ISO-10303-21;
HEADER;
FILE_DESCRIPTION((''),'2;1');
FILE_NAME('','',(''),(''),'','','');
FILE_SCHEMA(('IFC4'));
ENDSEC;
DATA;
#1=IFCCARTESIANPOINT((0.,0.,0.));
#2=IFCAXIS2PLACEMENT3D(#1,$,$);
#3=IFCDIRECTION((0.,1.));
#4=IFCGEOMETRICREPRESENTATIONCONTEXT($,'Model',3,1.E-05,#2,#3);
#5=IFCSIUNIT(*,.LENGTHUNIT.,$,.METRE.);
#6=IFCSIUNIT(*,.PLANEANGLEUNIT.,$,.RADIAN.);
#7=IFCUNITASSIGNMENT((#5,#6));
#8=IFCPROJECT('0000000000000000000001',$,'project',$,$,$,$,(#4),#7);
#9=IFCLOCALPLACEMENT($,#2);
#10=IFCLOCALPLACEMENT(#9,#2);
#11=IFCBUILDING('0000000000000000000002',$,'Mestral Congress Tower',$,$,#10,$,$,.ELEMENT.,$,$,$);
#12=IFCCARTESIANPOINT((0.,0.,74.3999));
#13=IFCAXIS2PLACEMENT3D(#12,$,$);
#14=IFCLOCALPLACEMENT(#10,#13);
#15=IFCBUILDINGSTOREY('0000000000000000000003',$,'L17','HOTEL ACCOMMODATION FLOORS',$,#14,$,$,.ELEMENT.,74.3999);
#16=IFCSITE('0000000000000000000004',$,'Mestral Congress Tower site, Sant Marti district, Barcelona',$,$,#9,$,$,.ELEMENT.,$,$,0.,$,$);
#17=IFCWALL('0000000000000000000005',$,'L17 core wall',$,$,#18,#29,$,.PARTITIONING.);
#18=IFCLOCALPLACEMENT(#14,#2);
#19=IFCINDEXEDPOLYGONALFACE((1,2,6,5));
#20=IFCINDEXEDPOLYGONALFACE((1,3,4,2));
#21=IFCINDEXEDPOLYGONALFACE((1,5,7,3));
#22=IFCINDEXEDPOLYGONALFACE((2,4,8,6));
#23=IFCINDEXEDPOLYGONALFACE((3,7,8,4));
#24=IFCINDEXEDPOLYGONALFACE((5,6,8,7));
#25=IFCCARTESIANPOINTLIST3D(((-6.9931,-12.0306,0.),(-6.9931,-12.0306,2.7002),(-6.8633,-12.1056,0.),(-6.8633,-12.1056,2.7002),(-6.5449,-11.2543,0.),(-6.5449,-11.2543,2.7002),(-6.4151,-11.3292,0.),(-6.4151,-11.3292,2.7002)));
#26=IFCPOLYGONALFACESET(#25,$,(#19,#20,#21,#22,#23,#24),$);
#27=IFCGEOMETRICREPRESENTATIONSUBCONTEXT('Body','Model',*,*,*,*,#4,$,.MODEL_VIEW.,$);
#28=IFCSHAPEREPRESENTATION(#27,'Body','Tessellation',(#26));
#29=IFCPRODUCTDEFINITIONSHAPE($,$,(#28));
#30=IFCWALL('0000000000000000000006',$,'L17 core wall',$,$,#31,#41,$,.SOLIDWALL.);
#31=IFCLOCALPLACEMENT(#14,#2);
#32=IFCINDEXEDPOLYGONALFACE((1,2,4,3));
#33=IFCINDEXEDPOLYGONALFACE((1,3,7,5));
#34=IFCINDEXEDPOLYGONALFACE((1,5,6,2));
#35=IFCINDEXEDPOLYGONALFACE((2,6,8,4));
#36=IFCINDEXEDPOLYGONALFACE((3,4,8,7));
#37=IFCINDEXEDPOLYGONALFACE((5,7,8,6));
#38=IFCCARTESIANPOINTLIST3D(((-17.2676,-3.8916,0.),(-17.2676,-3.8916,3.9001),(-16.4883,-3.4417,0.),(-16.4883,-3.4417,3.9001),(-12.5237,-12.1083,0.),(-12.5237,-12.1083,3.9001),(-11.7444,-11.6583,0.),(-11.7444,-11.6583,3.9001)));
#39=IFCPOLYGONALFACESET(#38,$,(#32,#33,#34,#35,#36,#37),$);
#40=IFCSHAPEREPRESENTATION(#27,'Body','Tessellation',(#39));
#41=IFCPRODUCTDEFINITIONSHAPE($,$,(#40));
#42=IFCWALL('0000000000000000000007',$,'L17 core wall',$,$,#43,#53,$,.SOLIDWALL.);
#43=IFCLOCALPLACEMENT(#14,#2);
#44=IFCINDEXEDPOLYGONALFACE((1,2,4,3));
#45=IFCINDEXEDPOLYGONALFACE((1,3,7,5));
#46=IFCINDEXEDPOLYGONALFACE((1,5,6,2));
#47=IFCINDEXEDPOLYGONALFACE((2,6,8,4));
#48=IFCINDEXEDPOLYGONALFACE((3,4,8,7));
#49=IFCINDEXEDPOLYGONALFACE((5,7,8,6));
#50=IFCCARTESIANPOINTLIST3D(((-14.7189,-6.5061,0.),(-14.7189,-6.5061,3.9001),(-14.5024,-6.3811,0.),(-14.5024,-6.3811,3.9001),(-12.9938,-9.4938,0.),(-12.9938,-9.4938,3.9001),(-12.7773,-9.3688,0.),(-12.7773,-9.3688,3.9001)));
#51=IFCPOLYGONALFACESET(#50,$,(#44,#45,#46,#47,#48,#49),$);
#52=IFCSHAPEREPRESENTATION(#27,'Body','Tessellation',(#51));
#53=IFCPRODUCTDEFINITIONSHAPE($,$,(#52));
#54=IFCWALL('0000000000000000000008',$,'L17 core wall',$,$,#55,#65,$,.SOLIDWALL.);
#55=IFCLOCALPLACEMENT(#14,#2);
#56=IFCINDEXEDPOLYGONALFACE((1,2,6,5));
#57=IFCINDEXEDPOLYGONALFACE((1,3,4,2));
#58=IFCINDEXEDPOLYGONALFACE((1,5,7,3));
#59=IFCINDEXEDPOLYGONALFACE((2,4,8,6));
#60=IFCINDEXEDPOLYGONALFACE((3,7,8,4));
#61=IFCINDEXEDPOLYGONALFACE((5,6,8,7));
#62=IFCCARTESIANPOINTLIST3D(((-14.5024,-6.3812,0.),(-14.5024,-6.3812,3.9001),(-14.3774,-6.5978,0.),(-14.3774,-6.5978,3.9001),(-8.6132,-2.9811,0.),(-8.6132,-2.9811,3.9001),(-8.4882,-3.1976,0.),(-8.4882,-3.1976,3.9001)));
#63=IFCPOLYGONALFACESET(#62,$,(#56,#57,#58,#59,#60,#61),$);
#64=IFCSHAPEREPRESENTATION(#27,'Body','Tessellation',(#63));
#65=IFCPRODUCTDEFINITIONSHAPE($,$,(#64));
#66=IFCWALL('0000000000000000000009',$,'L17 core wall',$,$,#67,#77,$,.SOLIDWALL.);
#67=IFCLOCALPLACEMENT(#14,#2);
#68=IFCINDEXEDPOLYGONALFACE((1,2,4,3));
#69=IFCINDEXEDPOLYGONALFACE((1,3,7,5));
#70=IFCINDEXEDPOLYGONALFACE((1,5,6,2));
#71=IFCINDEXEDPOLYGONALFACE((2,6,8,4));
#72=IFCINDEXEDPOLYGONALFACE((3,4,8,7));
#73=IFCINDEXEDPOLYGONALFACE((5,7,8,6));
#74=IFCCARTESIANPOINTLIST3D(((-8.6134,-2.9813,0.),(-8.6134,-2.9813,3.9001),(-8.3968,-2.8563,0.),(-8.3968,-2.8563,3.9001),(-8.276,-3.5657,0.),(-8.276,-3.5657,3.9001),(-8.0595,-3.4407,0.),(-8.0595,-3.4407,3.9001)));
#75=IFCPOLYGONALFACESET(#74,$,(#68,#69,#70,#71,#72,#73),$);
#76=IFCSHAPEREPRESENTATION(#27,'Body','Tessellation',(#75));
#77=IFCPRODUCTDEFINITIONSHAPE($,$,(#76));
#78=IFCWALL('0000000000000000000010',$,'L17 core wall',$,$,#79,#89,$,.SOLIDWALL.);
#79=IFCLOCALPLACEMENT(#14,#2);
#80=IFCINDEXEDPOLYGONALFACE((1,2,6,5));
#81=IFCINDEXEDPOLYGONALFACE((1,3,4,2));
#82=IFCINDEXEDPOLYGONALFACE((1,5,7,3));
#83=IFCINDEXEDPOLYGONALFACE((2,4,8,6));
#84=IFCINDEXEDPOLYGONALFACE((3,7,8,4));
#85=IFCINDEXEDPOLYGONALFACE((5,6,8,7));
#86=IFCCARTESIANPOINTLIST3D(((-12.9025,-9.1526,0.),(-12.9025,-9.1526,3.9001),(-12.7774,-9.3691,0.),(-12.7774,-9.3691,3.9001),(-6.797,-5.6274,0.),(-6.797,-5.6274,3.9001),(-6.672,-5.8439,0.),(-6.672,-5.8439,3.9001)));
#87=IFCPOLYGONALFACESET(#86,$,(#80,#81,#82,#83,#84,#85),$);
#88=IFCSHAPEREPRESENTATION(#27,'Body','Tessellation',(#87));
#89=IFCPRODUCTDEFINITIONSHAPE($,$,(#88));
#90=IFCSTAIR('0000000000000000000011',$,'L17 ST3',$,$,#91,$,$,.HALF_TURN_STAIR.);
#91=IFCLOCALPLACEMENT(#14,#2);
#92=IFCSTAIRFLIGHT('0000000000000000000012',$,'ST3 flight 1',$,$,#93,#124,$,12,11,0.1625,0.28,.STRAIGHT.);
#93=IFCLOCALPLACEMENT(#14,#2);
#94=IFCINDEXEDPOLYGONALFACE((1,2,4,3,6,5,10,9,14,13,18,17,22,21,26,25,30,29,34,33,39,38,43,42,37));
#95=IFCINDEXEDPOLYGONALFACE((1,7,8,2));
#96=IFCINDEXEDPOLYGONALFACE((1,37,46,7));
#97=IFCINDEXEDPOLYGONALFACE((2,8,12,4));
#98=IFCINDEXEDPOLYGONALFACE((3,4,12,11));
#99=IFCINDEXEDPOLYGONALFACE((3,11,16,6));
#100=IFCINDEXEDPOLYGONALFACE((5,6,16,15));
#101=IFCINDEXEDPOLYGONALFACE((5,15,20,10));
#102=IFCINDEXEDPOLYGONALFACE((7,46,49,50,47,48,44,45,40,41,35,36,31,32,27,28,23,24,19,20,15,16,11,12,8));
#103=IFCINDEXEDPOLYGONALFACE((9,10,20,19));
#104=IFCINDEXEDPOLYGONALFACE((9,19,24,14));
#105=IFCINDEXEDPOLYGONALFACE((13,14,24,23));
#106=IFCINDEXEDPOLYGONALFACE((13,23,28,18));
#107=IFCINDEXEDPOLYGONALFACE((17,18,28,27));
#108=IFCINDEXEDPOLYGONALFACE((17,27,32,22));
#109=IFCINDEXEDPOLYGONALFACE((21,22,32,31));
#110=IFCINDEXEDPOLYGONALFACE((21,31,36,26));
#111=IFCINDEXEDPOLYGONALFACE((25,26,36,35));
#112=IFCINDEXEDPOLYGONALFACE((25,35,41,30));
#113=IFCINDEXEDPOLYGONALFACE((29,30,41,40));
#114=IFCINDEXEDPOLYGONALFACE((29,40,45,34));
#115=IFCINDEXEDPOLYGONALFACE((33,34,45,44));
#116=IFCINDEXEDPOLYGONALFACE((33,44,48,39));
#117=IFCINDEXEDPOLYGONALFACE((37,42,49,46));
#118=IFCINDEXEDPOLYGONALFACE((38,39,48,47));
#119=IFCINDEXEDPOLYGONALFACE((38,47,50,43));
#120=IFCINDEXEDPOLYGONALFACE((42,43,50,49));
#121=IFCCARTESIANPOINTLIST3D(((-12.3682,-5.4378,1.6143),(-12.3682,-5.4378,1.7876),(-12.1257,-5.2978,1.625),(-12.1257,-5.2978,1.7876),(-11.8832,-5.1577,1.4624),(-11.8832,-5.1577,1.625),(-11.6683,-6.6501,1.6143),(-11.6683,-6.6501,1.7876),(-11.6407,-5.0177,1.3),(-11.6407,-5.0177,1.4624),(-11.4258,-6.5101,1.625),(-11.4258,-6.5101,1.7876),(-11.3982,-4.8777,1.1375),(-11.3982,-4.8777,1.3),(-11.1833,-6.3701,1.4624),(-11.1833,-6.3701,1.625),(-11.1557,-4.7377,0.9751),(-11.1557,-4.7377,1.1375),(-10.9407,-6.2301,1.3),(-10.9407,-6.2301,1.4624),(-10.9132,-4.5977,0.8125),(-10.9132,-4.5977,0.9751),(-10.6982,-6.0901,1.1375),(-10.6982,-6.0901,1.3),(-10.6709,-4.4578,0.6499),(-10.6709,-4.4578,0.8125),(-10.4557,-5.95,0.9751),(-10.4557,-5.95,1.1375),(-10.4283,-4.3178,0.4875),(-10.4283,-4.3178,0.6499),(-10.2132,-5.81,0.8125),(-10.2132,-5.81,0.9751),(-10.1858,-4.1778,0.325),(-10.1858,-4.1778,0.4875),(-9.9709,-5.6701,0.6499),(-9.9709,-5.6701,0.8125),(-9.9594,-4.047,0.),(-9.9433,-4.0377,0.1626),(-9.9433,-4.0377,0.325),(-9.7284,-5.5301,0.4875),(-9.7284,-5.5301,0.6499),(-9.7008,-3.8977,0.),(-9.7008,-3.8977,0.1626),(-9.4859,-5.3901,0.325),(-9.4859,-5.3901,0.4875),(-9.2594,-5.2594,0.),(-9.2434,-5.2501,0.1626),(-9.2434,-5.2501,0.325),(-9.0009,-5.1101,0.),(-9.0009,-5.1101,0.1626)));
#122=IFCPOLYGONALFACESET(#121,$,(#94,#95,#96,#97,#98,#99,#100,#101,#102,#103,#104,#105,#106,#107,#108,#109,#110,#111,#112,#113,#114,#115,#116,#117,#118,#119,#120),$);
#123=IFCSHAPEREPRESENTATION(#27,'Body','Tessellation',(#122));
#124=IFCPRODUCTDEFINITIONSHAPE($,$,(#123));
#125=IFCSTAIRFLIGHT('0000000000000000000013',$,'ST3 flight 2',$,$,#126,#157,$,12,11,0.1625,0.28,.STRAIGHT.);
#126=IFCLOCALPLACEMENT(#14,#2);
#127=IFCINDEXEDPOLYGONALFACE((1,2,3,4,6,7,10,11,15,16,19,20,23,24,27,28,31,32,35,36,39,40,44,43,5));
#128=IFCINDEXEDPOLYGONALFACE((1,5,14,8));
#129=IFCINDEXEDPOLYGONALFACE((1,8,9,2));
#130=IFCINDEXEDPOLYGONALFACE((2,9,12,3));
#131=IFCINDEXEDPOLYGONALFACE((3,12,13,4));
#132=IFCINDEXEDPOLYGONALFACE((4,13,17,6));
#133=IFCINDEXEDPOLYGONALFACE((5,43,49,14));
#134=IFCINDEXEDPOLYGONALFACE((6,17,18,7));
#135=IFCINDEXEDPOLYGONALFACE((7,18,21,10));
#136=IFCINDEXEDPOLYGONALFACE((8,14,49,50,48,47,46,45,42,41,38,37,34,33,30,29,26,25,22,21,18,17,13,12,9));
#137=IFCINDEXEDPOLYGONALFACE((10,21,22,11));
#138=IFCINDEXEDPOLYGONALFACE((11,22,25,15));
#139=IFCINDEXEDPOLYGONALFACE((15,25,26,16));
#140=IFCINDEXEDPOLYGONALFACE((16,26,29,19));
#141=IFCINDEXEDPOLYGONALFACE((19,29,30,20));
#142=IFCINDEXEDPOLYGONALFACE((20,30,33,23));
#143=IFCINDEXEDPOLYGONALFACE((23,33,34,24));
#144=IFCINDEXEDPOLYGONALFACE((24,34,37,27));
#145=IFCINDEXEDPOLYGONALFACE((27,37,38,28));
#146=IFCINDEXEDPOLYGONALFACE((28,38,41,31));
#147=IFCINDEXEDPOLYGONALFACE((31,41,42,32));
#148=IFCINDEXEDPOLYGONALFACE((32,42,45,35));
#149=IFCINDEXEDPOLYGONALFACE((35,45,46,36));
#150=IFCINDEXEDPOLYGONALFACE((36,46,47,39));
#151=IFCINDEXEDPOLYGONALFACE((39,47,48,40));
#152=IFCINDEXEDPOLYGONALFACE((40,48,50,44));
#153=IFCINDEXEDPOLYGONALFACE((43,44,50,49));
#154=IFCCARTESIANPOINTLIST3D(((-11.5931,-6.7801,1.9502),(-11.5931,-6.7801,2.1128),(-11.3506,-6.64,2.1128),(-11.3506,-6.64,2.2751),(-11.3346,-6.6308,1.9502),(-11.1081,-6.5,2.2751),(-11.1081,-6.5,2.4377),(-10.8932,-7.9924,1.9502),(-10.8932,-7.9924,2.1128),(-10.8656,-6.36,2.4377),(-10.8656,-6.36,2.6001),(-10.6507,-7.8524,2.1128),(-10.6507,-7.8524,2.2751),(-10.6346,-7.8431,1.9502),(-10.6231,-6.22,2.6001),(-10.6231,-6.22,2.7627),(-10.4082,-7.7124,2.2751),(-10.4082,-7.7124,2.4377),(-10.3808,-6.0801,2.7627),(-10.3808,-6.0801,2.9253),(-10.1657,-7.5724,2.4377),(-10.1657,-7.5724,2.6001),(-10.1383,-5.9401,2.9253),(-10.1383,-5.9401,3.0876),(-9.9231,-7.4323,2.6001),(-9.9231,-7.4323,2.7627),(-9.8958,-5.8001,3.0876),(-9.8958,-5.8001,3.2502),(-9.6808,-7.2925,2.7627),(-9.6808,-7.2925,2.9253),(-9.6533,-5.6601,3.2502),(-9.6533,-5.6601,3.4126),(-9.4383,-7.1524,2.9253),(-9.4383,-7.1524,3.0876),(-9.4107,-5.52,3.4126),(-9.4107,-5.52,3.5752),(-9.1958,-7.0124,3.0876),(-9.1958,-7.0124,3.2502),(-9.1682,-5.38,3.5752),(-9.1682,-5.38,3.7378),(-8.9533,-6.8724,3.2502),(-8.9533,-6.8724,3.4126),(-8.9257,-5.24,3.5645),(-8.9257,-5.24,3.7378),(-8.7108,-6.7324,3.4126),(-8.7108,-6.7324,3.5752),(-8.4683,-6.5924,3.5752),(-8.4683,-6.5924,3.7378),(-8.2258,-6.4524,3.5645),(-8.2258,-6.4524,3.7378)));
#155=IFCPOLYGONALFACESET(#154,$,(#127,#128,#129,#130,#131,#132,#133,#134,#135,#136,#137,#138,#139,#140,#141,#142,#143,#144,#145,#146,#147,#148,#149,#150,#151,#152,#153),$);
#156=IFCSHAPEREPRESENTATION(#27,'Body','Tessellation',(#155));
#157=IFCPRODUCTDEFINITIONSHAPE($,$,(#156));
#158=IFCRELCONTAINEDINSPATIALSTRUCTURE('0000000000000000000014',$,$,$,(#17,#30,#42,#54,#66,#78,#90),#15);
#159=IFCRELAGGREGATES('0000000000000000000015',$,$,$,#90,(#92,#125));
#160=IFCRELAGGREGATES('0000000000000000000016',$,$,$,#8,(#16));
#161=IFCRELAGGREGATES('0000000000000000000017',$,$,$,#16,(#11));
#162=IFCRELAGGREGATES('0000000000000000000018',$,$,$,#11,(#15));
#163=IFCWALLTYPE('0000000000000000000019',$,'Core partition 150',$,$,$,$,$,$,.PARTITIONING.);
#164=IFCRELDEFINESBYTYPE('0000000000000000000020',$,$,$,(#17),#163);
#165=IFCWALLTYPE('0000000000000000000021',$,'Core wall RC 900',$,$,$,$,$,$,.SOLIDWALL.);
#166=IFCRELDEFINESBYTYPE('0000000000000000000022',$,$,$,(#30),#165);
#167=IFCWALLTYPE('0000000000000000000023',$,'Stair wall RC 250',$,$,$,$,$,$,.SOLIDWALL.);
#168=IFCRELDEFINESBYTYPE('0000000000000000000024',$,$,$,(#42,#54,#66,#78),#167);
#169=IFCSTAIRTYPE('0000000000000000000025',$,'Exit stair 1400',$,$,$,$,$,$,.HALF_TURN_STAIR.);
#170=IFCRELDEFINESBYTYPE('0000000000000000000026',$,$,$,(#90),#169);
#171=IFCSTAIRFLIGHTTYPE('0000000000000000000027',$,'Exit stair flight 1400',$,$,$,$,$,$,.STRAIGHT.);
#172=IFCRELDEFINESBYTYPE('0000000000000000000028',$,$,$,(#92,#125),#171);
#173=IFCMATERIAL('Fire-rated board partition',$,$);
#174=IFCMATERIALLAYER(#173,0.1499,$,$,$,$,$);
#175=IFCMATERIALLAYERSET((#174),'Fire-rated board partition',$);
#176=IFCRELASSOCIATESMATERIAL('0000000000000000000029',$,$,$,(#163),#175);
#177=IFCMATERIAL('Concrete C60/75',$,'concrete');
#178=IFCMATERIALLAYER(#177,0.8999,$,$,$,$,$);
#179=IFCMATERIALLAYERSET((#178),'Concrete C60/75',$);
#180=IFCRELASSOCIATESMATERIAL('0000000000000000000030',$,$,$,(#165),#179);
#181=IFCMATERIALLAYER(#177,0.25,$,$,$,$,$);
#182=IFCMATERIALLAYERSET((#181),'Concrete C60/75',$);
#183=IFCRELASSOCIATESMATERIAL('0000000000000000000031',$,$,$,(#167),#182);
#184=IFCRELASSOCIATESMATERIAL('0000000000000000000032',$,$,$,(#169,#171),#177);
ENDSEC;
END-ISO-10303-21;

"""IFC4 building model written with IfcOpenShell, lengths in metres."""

from ifc_helpers import new_model, si_unit, direction, frame, frame_2d, origin, place, context, subcontext, project, spatial, polyline, rectangle, outline, extrude, material, layer, layer_set, type_object, element, aggregate, save


model = new_model("IFC4")

# Units and contexts
model_context = context("Model", 3, precision=1e-05, world=origin(), true_north=direction((0.0, 1.0)))
body_context = subcontext(model_context, "Body", "Model", "MODEL_VIEW")
ifc_project = project(units=[si_unit("LENGTHUNIT", "METRE"), si_unit("PLANEANGLEUNIT", "RADIAN")], contexts=[model_context])

# Site, building, storey
site_placement = place(None, origin())
site = spatial("IfcSite", under=ifc_project, at=site_placement, Name="Mestral Congress Tower site, Sant Marti district, Barcelona", CompositionType="ELEMENT", RefElevation=0.0)
building_placement = place(site_placement, origin())
building = spatial("IfcBuilding", under=site, at=building_placement, Name="Mestral Congress Tower", CompositionType="ELEMENT")
storey_placement = place(building_placement, frame((0.0, 0.0, 74.3999)))
storey = spatial("IfcBuildingStorey", under=building, at=storey_placement, Name="L17", Description="HOTEL ACCOMMODATION FLOORS", CompositionType="ELEMENT", Elevation=74.3999)

# Walls
ifc_material_1 = material(Name="Fire-rated board partition")
ifc_layer_1 = layer(ifc_material_1, 0.1499)
ifc_layer_set_1 = layer_set([ifc_layer_1], Name="Fire-rated board partition")
wall_type_1 = type_object("IfcWallType", Name="Core partition 150", PredefinedType="PARTITIONING", material=ifc_layer_set_1)
wall_1_placement = place(storey_placement, frame((-6.9282, -12.0681, 0.0), z_axis=(0.0, 0.0, 1.0), x_axis=(0.500005, 0.866022, 0.0)))
element("IfcWall", 1, at=wall_1_placement, inside=storey, type_object=wall_type_1, Name="L17 core wall", PredefinedType="PARTITIONING", context=body_context, shape_type="SweptSolid", body=[
    extrude(rectangle(XDim=0.8965, YDim=0.1499, at=frame_2d((0.4482, 0.0))), origin(), (0.0, 0.0, 1.0), 2.7002),
])
ifc_material_2 = material(Name="Concrete C60/75", Category="concrete")
ifc_layer_2 = layer(ifc_material_2, 0.8999)
ifc_layer_set_2 = layer_set([ifc_layer_2], Name="Concrete C60/75")
wall_type_2 = type_object("IfcWallType", Name="Core wall RC 900", PredefinedType="SOLIDWALL", material=ifc_layer_set_2)
wall_2_placement = place(storey_placement, frame((-12.134, -11.8833, 0.0), z_axis=(0.0, 0.0, 1.0), x_axis=(-0.500005, 0.866022, 0.0)))
element("IfcWall", 2, at=wall_2_placement, inside=storey, type_object=wall_type_2, Name="L17 core wall", PredefinedType="SOLIDWALL", context=body_context, shape_type="SweptSolid", body=[
    extrude(rectangle(XDim=9.4878, YDim=0.8999, at=frame_2d((4.7439, 0.0))), origin(), (0.0, 0.0, 1.0), 3.9001),
])
ifc_layer_3 = layer(ifc_material_2, 0.25)
ifc_layer_set_3 = layer_set([ifc_layer_3], Name="Concrete C60/75")
wall_type_3 = type_object("IfcWallType", Name="Stair wall RC 250", PredefinedType="SOLIDWALL", material=ifc_layer_set_3)
wall_3_placement = place(storey_placement, frame((-12.8855, -9.4314, 0.0), z_axis=(0.0, 0.0, 1.0), x_axis=(-0.500021, 0.866014, 0.0)))
element("IfcWall", 3, at=wall_3_placement, inside=storey, type_object=wall_type_3, Name="L17 core wall", PredefinedType="SOLIDWALL", context=body_context, shape_type="SweptSolid", body=[
    extrude(rectangle(XDim=3.45, YDim=0.25, at=frame_2d((1.7251, 0.0))), origin(), (0.0, 0.0, 1.0), 3.9001),
])
wall_4_placement = place(storey_placement, frame((-14.4399, -6.4895, 0.0), z_axis=(0.0, 0.0, 1.0), x_axis=(0.866023, 0.500004, 0.0)))
element("IfcWall", 4, at=wall_4_placement, inside=storey, type_object=wall_type_3, Name="L17 core wall", PredefinedType="SOLIDWALL", context=body_context, shape_type="SweptSolid", body=[
    extrude(rectangle(XDim=6.8003, YDim=0.25, at=frame_2d((3.4001, 0.0))), origin(), (0.0, 0.0, 1.0), 3.9001),
])
wall_5_placement = place(storey_placement, frame((-8.1677, -3.5032, 0.0), z_axis=(0.0, 0.0, 1.0), x_axis=(-0.499952, 0.866053, 0.0)))
element("IfcWall", 5, at=wall_5_placement, inside=storey, type_object=wall_type_3, Name="L17 core wall", PredefinedType="SOLIDWALL", context=body_context, shape_type="SweptSolid", body=[
    extrude(rectangle(XDim=0.6748, YDim=0.25, at=frame_2d((0.3374, 0.0))), origin(), (0.0, 0.0, 1.0), 3.9001),
])
wall_6_placement = place(storey_placement, frame((-12.8398, -9.2607, 0.0), z_axis=(0.0, 0.0, 1.0), x_axis=(0.866016, 0.500016, 0.0)))
element("IfcWall", 6, at=wall_6_placement, inside=storey, type_object=wall_type_3, Name="L17 core wall", PredefinedType="SOLIDWALL", context=body_context, shape_type="SweptSolid", body=[
    extrude(rectangle(XDim=7.05, YDim=0.25, at=frame_2d((3.5249, 0.0))), origin(), (0.0, 0.0, 1.0), 3.9001),
])

# Stair, stair flights
stair_type = type_object("IfcStairType", Name="Exit stair 1400", PredefinedType="HALF_TURN_STAIR", material=ifc_material_2)
stair_placement = place(storey_placement, origin())
stair = element("IfcStair", 7, at=stair_placement, inside=storey, type_object=stair_type, Name="L17 ST3", PredefinedType="HALF_TURN_STAIR")
stair_flight_type = type_object("IfcStairFlightType", Name="Exit stair flight 1400", PredefinedType="STRAIGHT", material=ifc_material_2)
stair_flight_1_placement = place(storey_placement, frame((-9.3508, -4.5039, 0.0), z_axis=(0.0, 0.0, 1.0), x_axis=(-0.866025, -0.5, 0.0)))
stair_flight_1 = element("IfcStairFlight", 8, at=stair_flight_1_placement, type_object=stair_flight_type, Name="ST3 flight 1", NumberOfRisers=12, NumberOfTreads=11, PredefinedType="STRAIGHT", RiserHeight=0.1625, TreadLength=0.28, context=body_context, shape_type="SweptSolid", body=[
    extrude(outline(polyline([(0.0, 0.0), (0.0, 0.1626), (0.28, 0.1626), (0.28, 0.325), (0.5601, 0.325), (0.5601, 0.4875), (0.8401, 0.4875), (0.8401, 0.6499), (1.1201, 0.6499), (1.1201, 0.8125), (1.3999, 0.8125), (1.3999, 0.9751), (1.6799, 0.9751), (1.6799, 1.1375), (1.96, 1.1375), (1.96, 1.3), (2.24, 1.3), (2.24, 1.4624), (2.52, 1.4624), (2.52, 1.625), (2.8, 1.625), (2.8, 1.7876), (3.0801, 1.7876), (3.0801, 1.95), (3.0801, 1.6143), (0.2986, 0.0), (0.0, 0.0)])), frame((0.0, 0.7, 0.0), z_axis=(0.0, -1.0, 0.0), x_axis=(1.0, 0.0, 0.0)), (0.0, 0.0, 1.0), 1.3999),
])
stair_flight_2_placement = place(storey_placement, frame((-11.2432, -7.3862, 1.9502), z_axis=(0.0, 0.0, 1.0), x_axis=(0.866025, 0.5, 0.0)))
stair_flight_2 = element("IfcStairFlight", 9, at=stair_flight_2_placement, type_object=stair_flight_type, Name="ST3 flight 2", NumberOfRisers=12, NumberOfTreads=11, PredefinedType="STRAIGHT", RiserHeight=0.1625, TreadLength=0.28, context=body_context, shape_type="SweptSolid", body=[
    extrude(outline(polyline([(0.0, 0.0), (0.0, 0.1626), (0.28, 0.1626), (0.28, 0.325), (0.5601, 0.325), (0.5601, 0.4875), (0.8401, 0.4875), (0.8401, 0.6499), (1.1201, 0.6499), (1.1201, 0.8125), (1.3999, 0.8125), (1.3999, 0.9751), (1.6799, 0.9751), (1.6799, 1.1375), (1.96, 1.1375), (1.96, 1.3), (2.24, 1.3), (2.24, 1.4624), (2.52, 1.4624), (2.52, 1.625), (2.8, 1.625), (2.8, 1.7876), (3.0801, 1.7876), (3.0801, 1.95), (3.0801, 1.6143), (0.2986, 0.0), (0.0, 0.0)])), frame((0.0, 0.7, 0.0), z_axis=(0.0, -1.0, 0.0), x_axis=(1.0, 0.0, 0.0)), (0.0, 0.0, 1.0), 1.3999),
])
aggregate(stair, [stair_flight_1, stair_flight_2])

save(model, "model.ifc")
